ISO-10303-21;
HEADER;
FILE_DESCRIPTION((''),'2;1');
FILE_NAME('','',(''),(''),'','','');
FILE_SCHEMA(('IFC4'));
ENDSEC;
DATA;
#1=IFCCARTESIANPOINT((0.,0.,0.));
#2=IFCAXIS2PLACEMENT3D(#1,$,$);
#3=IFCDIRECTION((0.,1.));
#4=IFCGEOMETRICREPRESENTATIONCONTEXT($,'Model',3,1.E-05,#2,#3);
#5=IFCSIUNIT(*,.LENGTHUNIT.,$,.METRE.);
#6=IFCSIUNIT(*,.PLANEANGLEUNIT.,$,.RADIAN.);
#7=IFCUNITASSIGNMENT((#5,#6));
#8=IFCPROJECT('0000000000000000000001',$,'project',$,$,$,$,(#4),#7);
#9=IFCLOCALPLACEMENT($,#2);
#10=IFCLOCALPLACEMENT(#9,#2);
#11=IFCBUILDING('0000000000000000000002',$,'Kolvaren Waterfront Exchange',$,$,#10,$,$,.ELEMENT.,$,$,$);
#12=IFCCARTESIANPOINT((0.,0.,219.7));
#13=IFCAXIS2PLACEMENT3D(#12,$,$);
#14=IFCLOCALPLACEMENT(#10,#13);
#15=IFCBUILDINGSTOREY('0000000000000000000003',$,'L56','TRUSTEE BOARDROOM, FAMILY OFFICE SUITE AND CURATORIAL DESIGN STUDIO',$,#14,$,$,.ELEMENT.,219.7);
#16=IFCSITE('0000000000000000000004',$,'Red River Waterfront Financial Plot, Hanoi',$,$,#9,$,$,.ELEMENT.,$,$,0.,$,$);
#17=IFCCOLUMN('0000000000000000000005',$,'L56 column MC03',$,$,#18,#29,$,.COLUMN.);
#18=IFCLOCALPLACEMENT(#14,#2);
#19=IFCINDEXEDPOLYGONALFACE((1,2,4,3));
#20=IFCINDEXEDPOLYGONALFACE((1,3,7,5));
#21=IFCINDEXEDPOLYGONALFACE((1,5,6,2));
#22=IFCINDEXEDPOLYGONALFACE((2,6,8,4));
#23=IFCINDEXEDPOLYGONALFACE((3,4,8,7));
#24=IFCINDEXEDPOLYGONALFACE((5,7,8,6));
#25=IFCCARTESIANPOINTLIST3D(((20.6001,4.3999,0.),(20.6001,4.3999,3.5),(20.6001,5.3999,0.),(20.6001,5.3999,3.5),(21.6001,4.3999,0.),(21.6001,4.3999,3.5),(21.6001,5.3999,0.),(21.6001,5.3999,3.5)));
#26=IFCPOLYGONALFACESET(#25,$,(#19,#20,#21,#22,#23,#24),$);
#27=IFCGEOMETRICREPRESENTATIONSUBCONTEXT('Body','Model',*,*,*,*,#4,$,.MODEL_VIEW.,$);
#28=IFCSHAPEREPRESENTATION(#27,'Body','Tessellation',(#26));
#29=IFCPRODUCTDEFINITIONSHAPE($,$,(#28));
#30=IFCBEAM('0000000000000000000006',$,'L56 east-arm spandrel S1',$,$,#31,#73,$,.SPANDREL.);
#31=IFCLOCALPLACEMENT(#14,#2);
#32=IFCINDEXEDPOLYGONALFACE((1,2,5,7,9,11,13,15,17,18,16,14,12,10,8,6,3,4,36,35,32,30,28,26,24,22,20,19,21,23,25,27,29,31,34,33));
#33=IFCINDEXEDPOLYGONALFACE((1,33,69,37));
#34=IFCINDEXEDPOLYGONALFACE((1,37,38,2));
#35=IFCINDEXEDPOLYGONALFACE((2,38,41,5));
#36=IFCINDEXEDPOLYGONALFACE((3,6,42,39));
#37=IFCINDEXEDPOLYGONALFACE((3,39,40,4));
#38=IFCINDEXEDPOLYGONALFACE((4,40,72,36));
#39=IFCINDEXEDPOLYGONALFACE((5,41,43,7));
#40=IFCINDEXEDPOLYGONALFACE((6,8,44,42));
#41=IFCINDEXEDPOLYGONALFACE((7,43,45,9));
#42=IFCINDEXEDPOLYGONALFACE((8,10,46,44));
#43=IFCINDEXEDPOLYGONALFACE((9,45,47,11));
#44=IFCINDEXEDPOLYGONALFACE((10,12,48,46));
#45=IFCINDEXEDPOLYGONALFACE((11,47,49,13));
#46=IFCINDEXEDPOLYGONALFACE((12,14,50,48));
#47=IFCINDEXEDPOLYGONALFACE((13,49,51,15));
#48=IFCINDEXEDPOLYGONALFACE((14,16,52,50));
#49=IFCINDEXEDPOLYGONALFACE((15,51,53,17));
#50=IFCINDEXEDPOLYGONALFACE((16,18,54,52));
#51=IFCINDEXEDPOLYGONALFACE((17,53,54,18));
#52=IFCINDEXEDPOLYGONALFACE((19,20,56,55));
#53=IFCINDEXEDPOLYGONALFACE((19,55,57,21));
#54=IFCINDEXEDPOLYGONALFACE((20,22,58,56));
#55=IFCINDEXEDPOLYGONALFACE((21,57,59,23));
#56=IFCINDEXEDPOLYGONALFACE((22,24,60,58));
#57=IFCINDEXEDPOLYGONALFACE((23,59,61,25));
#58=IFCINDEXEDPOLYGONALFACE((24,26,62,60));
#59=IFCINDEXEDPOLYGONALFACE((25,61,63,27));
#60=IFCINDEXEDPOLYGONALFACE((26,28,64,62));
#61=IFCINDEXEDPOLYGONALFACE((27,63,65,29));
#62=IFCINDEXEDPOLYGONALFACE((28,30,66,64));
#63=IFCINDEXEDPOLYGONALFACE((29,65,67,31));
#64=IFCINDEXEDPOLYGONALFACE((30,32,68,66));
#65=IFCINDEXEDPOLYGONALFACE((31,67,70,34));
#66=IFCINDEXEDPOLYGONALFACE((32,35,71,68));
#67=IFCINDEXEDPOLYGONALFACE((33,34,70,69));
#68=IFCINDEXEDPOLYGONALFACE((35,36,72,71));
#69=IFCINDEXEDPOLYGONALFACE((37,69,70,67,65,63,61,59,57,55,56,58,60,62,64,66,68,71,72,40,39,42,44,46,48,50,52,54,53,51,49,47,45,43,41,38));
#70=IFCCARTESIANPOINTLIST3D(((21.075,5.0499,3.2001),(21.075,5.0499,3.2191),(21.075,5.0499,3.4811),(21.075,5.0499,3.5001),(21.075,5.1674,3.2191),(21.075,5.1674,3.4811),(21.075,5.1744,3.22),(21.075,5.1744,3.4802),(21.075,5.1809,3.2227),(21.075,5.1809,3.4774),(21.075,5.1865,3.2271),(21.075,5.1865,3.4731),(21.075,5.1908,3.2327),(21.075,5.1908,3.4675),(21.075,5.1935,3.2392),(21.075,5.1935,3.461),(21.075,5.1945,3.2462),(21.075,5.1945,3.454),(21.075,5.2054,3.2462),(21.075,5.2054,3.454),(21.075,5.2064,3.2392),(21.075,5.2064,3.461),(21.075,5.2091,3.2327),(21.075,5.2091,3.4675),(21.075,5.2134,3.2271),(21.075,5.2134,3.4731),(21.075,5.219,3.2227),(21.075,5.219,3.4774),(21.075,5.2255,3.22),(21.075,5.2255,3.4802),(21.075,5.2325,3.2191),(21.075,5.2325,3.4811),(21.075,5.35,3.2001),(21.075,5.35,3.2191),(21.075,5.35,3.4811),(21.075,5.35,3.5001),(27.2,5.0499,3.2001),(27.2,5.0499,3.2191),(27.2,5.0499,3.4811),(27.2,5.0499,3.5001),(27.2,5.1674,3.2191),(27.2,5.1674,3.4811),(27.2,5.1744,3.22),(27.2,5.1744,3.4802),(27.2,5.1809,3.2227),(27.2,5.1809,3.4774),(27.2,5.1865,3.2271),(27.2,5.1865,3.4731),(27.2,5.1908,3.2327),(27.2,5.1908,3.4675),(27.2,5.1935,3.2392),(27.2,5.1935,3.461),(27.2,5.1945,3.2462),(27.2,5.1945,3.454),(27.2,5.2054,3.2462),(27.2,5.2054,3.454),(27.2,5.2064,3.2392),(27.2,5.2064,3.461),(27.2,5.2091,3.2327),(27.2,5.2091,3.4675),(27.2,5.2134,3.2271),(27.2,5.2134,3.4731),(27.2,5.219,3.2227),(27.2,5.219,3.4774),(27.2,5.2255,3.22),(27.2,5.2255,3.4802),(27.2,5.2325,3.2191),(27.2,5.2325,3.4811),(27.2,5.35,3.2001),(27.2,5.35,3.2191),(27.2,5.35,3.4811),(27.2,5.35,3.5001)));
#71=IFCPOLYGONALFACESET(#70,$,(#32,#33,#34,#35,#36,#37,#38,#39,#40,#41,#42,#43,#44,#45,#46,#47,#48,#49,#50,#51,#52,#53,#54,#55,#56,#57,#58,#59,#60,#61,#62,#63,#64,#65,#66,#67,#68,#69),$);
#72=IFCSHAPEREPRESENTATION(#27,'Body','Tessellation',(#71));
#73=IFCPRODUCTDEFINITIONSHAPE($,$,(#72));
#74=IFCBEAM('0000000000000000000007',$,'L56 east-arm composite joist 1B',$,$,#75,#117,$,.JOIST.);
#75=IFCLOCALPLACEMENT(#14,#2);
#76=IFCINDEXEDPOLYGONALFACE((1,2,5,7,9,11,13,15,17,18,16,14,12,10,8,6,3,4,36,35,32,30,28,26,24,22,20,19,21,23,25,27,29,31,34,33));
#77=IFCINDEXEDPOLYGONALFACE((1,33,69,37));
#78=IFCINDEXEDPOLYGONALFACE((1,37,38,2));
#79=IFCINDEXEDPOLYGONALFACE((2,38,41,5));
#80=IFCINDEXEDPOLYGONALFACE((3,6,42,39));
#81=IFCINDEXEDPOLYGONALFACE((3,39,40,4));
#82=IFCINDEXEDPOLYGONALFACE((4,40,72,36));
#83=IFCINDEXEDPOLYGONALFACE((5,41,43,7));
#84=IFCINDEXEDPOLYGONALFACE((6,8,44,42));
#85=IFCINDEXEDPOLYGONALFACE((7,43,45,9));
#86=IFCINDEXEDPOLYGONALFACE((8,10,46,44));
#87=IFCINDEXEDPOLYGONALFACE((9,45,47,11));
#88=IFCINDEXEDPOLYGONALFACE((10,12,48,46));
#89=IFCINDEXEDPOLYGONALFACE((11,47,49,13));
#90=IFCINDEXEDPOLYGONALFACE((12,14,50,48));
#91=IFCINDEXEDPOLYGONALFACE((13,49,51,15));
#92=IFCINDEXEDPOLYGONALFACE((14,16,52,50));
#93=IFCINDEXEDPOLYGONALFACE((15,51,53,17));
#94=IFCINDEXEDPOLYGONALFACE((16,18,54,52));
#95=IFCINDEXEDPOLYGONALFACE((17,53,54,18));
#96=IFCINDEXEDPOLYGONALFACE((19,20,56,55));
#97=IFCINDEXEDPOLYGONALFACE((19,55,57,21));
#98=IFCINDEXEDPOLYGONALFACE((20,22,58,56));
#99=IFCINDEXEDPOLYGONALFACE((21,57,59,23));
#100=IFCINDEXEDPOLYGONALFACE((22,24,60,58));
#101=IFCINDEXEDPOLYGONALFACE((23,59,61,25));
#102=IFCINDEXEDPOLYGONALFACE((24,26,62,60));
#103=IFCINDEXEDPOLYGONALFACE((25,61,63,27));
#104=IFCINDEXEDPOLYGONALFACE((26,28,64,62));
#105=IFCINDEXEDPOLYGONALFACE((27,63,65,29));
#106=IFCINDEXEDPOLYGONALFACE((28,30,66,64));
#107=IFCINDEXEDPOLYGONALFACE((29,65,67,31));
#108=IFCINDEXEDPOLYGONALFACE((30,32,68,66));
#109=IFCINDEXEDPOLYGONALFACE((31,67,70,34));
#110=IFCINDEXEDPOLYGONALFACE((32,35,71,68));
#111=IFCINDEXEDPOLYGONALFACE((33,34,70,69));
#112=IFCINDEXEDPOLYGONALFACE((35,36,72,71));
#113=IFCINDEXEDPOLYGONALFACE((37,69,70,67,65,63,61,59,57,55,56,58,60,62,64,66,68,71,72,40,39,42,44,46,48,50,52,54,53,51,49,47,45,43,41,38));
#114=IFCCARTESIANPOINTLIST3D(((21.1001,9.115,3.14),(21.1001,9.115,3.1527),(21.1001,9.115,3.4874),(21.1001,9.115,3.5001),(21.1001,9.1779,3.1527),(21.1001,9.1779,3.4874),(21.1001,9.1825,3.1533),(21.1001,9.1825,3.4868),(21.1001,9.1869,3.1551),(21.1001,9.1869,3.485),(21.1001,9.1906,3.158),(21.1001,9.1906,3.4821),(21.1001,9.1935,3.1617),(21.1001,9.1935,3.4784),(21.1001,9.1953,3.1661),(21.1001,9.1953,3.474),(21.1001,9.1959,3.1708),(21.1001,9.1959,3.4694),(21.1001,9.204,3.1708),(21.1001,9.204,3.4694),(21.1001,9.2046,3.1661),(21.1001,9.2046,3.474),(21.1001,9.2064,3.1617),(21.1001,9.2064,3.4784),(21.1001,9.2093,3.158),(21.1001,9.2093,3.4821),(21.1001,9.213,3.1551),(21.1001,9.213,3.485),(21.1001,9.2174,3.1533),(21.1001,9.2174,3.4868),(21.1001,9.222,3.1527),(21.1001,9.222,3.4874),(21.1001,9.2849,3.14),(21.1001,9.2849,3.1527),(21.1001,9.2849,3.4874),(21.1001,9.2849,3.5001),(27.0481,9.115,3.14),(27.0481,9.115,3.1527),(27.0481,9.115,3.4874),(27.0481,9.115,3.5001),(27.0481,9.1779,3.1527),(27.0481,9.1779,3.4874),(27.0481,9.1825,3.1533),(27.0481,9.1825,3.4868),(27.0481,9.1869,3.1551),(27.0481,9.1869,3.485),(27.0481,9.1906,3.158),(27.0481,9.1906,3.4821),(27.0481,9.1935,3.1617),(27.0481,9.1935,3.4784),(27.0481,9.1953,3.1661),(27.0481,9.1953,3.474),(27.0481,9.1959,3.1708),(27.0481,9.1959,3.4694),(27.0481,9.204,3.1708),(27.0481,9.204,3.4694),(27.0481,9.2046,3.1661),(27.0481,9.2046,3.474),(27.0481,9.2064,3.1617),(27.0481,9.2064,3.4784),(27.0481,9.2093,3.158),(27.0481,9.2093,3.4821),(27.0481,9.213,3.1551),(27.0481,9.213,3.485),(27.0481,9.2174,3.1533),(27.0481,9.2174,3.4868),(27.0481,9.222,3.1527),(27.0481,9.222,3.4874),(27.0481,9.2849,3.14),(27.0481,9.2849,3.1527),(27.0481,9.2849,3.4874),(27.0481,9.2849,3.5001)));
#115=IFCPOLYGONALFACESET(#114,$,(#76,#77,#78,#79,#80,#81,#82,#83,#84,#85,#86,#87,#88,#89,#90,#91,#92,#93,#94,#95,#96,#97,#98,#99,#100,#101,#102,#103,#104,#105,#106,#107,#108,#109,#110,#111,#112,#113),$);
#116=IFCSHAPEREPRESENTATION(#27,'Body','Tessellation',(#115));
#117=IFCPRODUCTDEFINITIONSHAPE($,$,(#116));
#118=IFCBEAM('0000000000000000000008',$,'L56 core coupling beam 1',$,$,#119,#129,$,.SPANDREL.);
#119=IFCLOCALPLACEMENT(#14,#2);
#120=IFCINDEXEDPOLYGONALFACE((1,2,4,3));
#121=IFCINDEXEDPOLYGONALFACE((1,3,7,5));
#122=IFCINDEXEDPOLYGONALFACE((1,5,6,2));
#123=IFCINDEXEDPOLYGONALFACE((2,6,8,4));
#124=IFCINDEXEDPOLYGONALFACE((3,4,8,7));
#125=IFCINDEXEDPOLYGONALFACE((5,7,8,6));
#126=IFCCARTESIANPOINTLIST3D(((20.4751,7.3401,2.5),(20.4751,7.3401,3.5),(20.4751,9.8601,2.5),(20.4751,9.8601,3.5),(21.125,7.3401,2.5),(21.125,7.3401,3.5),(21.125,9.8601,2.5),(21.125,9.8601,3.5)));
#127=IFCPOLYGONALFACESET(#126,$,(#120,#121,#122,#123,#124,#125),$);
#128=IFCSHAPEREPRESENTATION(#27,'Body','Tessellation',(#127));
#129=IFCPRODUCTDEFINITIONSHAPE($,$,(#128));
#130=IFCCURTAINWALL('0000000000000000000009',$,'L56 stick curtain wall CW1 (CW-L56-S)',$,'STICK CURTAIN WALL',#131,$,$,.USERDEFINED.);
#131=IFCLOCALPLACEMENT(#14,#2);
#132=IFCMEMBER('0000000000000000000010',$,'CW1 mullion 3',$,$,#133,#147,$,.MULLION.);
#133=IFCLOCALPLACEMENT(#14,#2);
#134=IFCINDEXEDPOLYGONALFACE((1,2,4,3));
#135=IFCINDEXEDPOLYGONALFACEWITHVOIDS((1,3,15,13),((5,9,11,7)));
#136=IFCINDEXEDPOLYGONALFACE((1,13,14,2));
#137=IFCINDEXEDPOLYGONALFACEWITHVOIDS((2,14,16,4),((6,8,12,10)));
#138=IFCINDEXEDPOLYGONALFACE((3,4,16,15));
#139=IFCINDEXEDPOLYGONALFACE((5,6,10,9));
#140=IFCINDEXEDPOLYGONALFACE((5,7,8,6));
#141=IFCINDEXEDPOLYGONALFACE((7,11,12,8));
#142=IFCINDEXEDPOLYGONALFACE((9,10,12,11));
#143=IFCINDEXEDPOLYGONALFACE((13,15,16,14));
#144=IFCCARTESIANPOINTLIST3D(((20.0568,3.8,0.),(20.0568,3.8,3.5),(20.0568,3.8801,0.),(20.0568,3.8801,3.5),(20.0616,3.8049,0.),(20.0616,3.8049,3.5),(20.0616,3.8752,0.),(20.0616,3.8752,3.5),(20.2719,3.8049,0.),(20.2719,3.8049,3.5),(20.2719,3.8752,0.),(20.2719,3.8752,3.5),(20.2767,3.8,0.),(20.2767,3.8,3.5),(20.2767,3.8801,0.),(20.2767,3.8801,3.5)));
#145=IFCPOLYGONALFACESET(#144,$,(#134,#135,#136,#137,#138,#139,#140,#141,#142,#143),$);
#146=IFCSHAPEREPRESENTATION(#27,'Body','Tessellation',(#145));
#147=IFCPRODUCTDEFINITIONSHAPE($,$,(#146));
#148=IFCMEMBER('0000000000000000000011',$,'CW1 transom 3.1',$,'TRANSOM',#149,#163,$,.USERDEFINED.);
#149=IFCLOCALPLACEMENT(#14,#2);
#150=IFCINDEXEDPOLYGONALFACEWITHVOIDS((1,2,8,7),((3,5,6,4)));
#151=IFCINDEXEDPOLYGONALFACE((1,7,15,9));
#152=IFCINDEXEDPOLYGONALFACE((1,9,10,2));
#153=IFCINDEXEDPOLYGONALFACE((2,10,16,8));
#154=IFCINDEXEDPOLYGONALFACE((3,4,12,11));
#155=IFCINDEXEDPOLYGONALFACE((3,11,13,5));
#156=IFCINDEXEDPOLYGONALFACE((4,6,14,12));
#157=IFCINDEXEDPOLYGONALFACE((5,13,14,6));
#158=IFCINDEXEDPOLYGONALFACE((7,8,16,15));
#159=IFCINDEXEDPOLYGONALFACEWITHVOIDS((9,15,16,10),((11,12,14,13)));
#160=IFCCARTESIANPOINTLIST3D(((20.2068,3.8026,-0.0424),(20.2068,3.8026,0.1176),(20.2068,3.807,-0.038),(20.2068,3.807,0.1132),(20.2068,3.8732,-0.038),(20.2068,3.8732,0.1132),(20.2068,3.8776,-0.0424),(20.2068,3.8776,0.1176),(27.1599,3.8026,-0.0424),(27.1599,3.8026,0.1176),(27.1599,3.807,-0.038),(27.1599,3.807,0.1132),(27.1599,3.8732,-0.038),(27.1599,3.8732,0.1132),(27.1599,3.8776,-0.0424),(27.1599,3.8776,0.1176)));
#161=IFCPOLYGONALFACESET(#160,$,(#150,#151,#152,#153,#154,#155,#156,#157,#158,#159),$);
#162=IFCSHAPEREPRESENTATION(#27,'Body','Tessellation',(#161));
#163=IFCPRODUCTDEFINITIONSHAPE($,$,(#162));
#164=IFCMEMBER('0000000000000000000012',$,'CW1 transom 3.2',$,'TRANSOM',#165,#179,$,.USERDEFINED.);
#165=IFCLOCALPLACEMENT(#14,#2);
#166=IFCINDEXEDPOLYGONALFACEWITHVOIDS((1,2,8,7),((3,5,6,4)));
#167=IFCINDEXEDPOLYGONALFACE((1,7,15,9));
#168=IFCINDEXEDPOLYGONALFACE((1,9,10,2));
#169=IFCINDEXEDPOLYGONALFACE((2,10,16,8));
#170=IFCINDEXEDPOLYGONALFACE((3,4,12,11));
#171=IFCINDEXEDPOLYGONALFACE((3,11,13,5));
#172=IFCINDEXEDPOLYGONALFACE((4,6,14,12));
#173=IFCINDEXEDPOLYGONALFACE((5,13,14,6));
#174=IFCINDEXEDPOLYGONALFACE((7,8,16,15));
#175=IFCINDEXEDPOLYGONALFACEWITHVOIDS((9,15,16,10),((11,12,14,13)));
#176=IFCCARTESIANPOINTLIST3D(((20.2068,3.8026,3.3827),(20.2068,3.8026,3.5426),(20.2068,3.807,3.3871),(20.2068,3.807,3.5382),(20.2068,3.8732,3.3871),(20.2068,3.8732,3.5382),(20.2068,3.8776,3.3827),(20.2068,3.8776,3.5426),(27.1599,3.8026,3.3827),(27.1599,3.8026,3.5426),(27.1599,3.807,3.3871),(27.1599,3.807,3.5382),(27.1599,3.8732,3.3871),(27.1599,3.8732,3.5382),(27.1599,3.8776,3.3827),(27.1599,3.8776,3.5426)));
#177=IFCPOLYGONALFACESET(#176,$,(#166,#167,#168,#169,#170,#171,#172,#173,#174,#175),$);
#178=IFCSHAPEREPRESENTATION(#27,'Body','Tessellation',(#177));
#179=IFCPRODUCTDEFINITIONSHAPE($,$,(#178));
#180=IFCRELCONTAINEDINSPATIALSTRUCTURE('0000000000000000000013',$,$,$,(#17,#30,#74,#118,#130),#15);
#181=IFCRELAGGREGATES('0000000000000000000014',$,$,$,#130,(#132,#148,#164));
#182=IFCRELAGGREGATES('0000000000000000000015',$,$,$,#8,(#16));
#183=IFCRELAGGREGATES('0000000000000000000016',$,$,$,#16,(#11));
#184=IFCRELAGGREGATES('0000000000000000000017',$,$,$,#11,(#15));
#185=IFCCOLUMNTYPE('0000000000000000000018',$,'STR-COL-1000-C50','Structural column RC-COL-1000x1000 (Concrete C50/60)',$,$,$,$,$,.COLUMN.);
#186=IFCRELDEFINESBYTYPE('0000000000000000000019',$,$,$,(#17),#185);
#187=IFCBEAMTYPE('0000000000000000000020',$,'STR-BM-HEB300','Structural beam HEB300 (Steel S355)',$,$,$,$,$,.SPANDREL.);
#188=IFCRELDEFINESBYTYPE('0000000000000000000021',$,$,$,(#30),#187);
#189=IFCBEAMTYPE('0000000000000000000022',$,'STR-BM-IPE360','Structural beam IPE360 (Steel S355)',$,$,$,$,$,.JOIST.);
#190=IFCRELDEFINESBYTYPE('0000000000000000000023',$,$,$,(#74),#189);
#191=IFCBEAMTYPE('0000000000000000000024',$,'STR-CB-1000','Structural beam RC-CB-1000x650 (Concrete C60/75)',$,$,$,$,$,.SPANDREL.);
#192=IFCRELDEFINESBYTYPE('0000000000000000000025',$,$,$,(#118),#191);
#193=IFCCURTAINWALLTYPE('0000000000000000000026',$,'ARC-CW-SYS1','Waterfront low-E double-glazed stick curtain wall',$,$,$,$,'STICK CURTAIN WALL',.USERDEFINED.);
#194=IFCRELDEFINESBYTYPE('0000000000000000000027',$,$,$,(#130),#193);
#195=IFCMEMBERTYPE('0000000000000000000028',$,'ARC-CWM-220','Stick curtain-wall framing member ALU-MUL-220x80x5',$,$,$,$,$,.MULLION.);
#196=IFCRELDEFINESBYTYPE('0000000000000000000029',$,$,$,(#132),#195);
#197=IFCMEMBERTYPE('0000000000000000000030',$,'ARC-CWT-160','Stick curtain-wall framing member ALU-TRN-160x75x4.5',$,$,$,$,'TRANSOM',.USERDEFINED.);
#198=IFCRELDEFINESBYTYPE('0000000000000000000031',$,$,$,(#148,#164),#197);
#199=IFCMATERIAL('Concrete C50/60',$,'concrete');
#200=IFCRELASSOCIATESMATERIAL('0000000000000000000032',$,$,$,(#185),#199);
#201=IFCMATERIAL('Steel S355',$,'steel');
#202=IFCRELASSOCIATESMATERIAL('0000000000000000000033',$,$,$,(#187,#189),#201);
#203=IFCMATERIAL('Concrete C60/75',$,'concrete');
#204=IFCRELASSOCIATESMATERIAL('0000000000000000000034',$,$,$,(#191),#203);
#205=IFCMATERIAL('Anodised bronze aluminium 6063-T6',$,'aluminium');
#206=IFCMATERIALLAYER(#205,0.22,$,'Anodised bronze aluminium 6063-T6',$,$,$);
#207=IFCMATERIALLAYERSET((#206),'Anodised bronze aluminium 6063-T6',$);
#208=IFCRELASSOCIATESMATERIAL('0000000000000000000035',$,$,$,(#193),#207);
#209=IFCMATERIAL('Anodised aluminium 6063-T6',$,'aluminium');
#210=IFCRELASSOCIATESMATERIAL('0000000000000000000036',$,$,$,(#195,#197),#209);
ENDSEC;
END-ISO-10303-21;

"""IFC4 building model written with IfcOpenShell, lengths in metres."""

from ifc_helpers import new_model, si_unit, direction, frame, origin, origin_with_axes, origin_2d, place, context, subcontext, project, spatial, rectangle, hollow_rectangle, i_section, extrude, source, transform, mapped, material, layer, layer_set, material_profile, profile_set, type_object, element, aggregate, save


model = new_model("IFC4")

# Units and contexts
model_context = context("Model", 3, precision=1e-05, world=origin(), true_north=direction((0.0, 1.0)))
body_context = subcontext(model_context, "Body", "Model", "MODEL_VIEW")
ifc_project = project(units=[si_unit("LENGTHUNIT", "METRE"), si_unit("PLANEANGLEUNIT", "RADIAN")], contexts=[model_context])

# Site, building, storey
site_placement = place(None, origin())
site = spatial("IfcSite", under=ifc_project, at=site_placement, Name="Red River Waterfront Financial Plot, Hanoi", CompositionType="ELEMENT", RefElevation=0.0)
building_placement = place(site_placement, origin())
building = spatial("IfcBuilding", under=site, at=building_placement, Name="Kolvaren Waterfront Exchange", CompositionType="ELEMENT")
storey_placement = place(building_placement, frame((0.0, 0.0, 219.7)))
storey = spatial("IfcBuildingStorey", under=building, at=storey_placement, Name="L56", Description="TRUSTEE BOARDROOM, FAMILY OFFICE SUITE AND CURATORIAL DESIGN STUDIO", CompositionType="ELEMENT", Elevation=219.7)

# Column
ifc_material_1 = material(Name="Concrete C50/60", Category="concrete")
ifc_material_profile_1 = material_profile(ifc_material_1, rectangle(XDim=1.0, YDim=1.0, at=origin_2d()), Name="RC-COL-1000x1000")
ifc_profile_set_1 = profile_set([ifc_material_profile_1], Name="Concrete C50/60")
column_type = type_object("IfcColumnType", Name="STR-COL-1000-C50", Description="Structural column RC-COL-1000x1000 (Concrete C50/60)", PredefinedType="COLUMN", material=ifc_profile_set_1)
column_placement = place(storey_placement, frame((21.1001, 4.8999, 0.0), z_axis=(0.0, 0.0, 1.0), x_axis=(1.0, 0.0, 0.0)))
element("IfcColumn", 1, at=column_placement, inside=storey, type_object=column_type, Name="L56 column MC03", PredefinedType="COLUMN", context=body_context, shape_type="SweptSolid", body=[
    extrude(rectangle(XDim=1.0, YDim=1.0, at=origin_2d()), origin(), (0.0, 0.0, 1.0), 3.5),
])

# Beams
ifc_material_2 = material(Name="Steel S355", Category="steel")
ifc_material_profile_2 = material_profile(ifc_material_2, i_section(OverallWidth=0.3, OverallDepth=0.3, WebThickness=0.011, FlangeThickness=0.019, FilletRadius=0.0271, at=origin_2d()), Name="HEB300")
ifc_profile_set_2 = profile_set([ifc_material_profile_2], Name="Steel S355")
beam_type_1 = type_object("IfcBeamType", Name="STR-BM-HEB300", Description="Structural beam HEB300 (Steel S355)", PredefinedType="SPANDREL", material=ifc_profile_set_2)
beam_1_placement = place(storey_placement, frame((21.075, 5.2, 3.3501), z_axis=(1.0, 0.0, 0.0), x_axis=(0.0, 1.0, 0.0)))
element("IfcBeam", 2, at=beam_1_placement, inside=storey, type_object=beam_type_1, Name="L56 east-arm spandrel S1", PredefinedType="SPANDREL", context=body_context, shape_type="SweptSolid", body=[
    extrude(i_section(OverallWidth=0.3, OverallDepth=0.3, WebThickness=0.011, FlangeThickness=0.019, FilletRadius=0.0271, at=origin_2d()), origin(), (0.0, 0.0, 1.0), 6.125),
])
ifc_material_profile_3 = material_profile(ifc_material_2, i_section(OverallWidth=0.1699, OverallDepth=0.3601, WebThickness=0.0081, FlangeThickness=0.0127, FilletRadius=0.0181, at=origin_2d()), Name="IPE360")
ifc_profile_set_3 = profile_set([ifc_material_profile_3], Name="Steel S355")
beam_type_2 = type_object("IfcBeamType", Name="STR-BM-IPE360", Description="Structural beam IPE360 (Steel S355)", PredefinedType="JOIST", material=ifc_profile_set_3)
beam_2_placement = place(storey_placement, frame((21.1001, 9.2, 3.3201), z_axis=(1.0, 0.0, 0.0), x_axis=(0.0, 1.0, 0.0)))
element("IfcBeam", 3, at=beam_2_placement, inside=storey, type_object=beam_type_2, Name="L56 east-arm composite joist 1B", PredefinedType="JOIST", context=body_context, shape_type="SweptSolid", body=[
    extrude(i_section(OverallWidth=0.1699, OverallDepth=0.3601, WebThickness=0.0081, FlangeThickness=0.0127, FilletRadius=0.0181, at=origin_2d()), origin(), (0.0, 0.0, 1.0), 5.948),
])
ifc_material_3 = material(Name="Concrete C60/75", Category="concrete")
ifc_material_profile_4 = material_profile(ifc_material_3, rectangle(XDim=0.6499, YDim=1.0, at=origin_2d()), Name="RC-CB-1000x650")
ifc_profile_set_4 = profile_set([ifc_material_profile_4], Name="Concrete C60/75")
beam_type_3 = type_object("IfcBeamType", Name="STR-CB-1000", Description="Structural beam RC-CB-1000x650 (Concrete C60/75)", PredefinedType="SPANDREL", material=ifc_profile_set_4)
beam_3_placement = place(storey_placement, frame((20.8, 7.3401, 3.0), z_axis=(0.0, 1.0, 0.0), x_axis=(-1.0, 0.0, 0.0)))
element("IfcBeam", 4, at=beam_3_placement, inside=storey, type_object=beam_type_3, Name="L56 core coupling beam 1", PredefinedType="SPANDREL", context=body_context, shape_type="SweptSolid", body=[
    extrude(rectangle(XDim=0.6499, YDim=1.0, at=origin_2d()), origin(), (0.0, 0.0, 1.0), 2.52),
])

# Curtain wall, members
ifc_material_4 = material(Name="Anodised bronze aluminium 6063-T6", Category="aluminium")
ifc_layer_1 = layer(ifc_material_4, 0.22, Name="Anodised bronze aluminium 6063-T6")
ifc_layer_set_1 = layer_set([ifc_layer_1], Name="Anodised bronze aluminium 6063-T6")
curtain_wall_type = type_object("IfcCurtainWallType", Name="ARC-CW-SYS1", Description="Waterfront low-E double-glazed stick curtain wall", ElementType="STICK CURTAIN WALL", PredefinedType="USERDEFINED", material=ifc_layer_set_1)
curtain_wall_placement = place(storey_placement, origin())
curtain_wall = element("IfcCurtainWall", 5, at=curtain_wall_placement, inside=storey, type_object=curtain_wall_type, Name="L56 stick curtain wall CW1 (CW-L56-S)", ObjectType="STICK CURTAIN WALL", PredefinedType="USERDEFINED")
ifc_material_5 = material(Name="Anodised aluminium 6063-T6", Category="aluminium")
ifc_material_profile_5 = material_profile(ifc_material_5, hollow_rectangle(XDim=0.0801, YDim=0.22, WallThickness=0.0049, at=origin_2d()), Name="ALU-MUL-220x80x5")
ifc_profile_set_5 = profile_set([ifc_material_profile_5], Name="Anodised aluminium 6063-T6")
member_type_1 = type_object("IfcMemberType", Name="ARC-CWM-220", Description="Stick curtain-wall framing member ALU-MUL-220x80x5", PredefinedType="MULLION", material=ifc_profile_set_5)
shared_shape_1 = source(origin_with_axes(), body_context, "Body", "SweptSolid", [
    extrude(hollow_rectangle(XDim=0.0801, YDim=0.22, WallThickness=0.0049, at=origin_2d()), origin(), (0.0, 0.0, 1.0), 3.5),
])
member_1_placement = place(storey_placement, frame((20.1667, 3.8401, 0.0), z_axis=(0.0, 0.0, 1.0), x_axis=(0.0, 1.0, 0.0)))
member_1 = element("IfcMember", 6, at=member_1_placement, type_object=member_type_1, Name="CW1 mullion 3", PredefinedType="MULLION", context=body_context, shape_type="MappedRepresentation", body=[
    mapped(shared_shape_1, transform((0.0, 0.0, 0.0), x_axis=(1.0, 0.0, 0.0), y_axis=(0.0, 1.0, 0.0), z_axis=(0.0, 0.0, 1.0), scale=1.0)),
])
ifc_material_profile_6 = material_profile(ifc_material_5, hollow_rectangle(XDim=0.075, YDim=0.1599, WallThickness=0.0044, at=origin_2d()), Name="ALU-TRN-160x75x4.5")
ifc_profile_set_6 = profile_set([ifc_material_profile_6], Name="Anodised aluminium 6063-T6")
member_type_2 = type_object("IfcMemberType", Name="ARC-CWT-160", Description="Stick curtain-wall framing member ALU-TRN-160x75x4.5", ElementType="TRANSOM", PredefinedType="USERDEFINED", material=ifc_profile_set_6)
shared_shape_2 = source(origin_with_axes(), body_context, "Body", "SweptSolid", [
    extrude(hollow_rectangle(XDim=0.075, YDim=0.1599, WallThickness=0.0044, at=origin_2d()), origin(), (0.0, 0.0, 1.0), 6.9531),
])
member_2_placement = place(storey_placement, frame((20.2068, 3.8401, 0.0376), z_axis=(1.0, 0.0, 0.0), x_axis=(0.0, 1.0, 0.0)))
member_2 = element("IfcMember", 7, at=member_2_placement, type_object=member_type_2, Name="CW1 transom 3.1", ObjectType="TRANSOM", PredefinedType="USERDEFINED", context=body_context, shape_type="MappedRepresentation", body=[
    mapped(shared_shape_2, transform((0.0, 0.0, 0.0), x_axis=(1.0, 0.0, 0.0), y_axis=(0.0, 1.0, 0.0), z_axis=(0.0, 0.0, 1.0), scale=1.0)),
])
member_3_placement = place(storey_placement, frame((20.2068, 3.8401, 3.4626), z_axis=(1.0, 0.0, 0.0), x_axis=(0.0, 1.0, 0.0)))
member_3 = element("IfcMember", 8, at=member_3_placement, type_object=member_type_2, Name="CW1 transom 3.2", ObjectType="TRANSOM", PredefinedType="USERDEFINED", context=body_context, shape_type="MappedRepresentation", body=[
    mapped(shared_shape_2, transform((0.0, 0.0, 0.0), x_axis=(1.0, 0.0, 0.0), y_axis=(0.0, 1.0, 0.0), z_axis=(0.0, 0.0, 1.0), scale=1.0)),
])
aggregate(curtain_wall, [member_1, member_2, member_3])

save(model, "model.ifc")
